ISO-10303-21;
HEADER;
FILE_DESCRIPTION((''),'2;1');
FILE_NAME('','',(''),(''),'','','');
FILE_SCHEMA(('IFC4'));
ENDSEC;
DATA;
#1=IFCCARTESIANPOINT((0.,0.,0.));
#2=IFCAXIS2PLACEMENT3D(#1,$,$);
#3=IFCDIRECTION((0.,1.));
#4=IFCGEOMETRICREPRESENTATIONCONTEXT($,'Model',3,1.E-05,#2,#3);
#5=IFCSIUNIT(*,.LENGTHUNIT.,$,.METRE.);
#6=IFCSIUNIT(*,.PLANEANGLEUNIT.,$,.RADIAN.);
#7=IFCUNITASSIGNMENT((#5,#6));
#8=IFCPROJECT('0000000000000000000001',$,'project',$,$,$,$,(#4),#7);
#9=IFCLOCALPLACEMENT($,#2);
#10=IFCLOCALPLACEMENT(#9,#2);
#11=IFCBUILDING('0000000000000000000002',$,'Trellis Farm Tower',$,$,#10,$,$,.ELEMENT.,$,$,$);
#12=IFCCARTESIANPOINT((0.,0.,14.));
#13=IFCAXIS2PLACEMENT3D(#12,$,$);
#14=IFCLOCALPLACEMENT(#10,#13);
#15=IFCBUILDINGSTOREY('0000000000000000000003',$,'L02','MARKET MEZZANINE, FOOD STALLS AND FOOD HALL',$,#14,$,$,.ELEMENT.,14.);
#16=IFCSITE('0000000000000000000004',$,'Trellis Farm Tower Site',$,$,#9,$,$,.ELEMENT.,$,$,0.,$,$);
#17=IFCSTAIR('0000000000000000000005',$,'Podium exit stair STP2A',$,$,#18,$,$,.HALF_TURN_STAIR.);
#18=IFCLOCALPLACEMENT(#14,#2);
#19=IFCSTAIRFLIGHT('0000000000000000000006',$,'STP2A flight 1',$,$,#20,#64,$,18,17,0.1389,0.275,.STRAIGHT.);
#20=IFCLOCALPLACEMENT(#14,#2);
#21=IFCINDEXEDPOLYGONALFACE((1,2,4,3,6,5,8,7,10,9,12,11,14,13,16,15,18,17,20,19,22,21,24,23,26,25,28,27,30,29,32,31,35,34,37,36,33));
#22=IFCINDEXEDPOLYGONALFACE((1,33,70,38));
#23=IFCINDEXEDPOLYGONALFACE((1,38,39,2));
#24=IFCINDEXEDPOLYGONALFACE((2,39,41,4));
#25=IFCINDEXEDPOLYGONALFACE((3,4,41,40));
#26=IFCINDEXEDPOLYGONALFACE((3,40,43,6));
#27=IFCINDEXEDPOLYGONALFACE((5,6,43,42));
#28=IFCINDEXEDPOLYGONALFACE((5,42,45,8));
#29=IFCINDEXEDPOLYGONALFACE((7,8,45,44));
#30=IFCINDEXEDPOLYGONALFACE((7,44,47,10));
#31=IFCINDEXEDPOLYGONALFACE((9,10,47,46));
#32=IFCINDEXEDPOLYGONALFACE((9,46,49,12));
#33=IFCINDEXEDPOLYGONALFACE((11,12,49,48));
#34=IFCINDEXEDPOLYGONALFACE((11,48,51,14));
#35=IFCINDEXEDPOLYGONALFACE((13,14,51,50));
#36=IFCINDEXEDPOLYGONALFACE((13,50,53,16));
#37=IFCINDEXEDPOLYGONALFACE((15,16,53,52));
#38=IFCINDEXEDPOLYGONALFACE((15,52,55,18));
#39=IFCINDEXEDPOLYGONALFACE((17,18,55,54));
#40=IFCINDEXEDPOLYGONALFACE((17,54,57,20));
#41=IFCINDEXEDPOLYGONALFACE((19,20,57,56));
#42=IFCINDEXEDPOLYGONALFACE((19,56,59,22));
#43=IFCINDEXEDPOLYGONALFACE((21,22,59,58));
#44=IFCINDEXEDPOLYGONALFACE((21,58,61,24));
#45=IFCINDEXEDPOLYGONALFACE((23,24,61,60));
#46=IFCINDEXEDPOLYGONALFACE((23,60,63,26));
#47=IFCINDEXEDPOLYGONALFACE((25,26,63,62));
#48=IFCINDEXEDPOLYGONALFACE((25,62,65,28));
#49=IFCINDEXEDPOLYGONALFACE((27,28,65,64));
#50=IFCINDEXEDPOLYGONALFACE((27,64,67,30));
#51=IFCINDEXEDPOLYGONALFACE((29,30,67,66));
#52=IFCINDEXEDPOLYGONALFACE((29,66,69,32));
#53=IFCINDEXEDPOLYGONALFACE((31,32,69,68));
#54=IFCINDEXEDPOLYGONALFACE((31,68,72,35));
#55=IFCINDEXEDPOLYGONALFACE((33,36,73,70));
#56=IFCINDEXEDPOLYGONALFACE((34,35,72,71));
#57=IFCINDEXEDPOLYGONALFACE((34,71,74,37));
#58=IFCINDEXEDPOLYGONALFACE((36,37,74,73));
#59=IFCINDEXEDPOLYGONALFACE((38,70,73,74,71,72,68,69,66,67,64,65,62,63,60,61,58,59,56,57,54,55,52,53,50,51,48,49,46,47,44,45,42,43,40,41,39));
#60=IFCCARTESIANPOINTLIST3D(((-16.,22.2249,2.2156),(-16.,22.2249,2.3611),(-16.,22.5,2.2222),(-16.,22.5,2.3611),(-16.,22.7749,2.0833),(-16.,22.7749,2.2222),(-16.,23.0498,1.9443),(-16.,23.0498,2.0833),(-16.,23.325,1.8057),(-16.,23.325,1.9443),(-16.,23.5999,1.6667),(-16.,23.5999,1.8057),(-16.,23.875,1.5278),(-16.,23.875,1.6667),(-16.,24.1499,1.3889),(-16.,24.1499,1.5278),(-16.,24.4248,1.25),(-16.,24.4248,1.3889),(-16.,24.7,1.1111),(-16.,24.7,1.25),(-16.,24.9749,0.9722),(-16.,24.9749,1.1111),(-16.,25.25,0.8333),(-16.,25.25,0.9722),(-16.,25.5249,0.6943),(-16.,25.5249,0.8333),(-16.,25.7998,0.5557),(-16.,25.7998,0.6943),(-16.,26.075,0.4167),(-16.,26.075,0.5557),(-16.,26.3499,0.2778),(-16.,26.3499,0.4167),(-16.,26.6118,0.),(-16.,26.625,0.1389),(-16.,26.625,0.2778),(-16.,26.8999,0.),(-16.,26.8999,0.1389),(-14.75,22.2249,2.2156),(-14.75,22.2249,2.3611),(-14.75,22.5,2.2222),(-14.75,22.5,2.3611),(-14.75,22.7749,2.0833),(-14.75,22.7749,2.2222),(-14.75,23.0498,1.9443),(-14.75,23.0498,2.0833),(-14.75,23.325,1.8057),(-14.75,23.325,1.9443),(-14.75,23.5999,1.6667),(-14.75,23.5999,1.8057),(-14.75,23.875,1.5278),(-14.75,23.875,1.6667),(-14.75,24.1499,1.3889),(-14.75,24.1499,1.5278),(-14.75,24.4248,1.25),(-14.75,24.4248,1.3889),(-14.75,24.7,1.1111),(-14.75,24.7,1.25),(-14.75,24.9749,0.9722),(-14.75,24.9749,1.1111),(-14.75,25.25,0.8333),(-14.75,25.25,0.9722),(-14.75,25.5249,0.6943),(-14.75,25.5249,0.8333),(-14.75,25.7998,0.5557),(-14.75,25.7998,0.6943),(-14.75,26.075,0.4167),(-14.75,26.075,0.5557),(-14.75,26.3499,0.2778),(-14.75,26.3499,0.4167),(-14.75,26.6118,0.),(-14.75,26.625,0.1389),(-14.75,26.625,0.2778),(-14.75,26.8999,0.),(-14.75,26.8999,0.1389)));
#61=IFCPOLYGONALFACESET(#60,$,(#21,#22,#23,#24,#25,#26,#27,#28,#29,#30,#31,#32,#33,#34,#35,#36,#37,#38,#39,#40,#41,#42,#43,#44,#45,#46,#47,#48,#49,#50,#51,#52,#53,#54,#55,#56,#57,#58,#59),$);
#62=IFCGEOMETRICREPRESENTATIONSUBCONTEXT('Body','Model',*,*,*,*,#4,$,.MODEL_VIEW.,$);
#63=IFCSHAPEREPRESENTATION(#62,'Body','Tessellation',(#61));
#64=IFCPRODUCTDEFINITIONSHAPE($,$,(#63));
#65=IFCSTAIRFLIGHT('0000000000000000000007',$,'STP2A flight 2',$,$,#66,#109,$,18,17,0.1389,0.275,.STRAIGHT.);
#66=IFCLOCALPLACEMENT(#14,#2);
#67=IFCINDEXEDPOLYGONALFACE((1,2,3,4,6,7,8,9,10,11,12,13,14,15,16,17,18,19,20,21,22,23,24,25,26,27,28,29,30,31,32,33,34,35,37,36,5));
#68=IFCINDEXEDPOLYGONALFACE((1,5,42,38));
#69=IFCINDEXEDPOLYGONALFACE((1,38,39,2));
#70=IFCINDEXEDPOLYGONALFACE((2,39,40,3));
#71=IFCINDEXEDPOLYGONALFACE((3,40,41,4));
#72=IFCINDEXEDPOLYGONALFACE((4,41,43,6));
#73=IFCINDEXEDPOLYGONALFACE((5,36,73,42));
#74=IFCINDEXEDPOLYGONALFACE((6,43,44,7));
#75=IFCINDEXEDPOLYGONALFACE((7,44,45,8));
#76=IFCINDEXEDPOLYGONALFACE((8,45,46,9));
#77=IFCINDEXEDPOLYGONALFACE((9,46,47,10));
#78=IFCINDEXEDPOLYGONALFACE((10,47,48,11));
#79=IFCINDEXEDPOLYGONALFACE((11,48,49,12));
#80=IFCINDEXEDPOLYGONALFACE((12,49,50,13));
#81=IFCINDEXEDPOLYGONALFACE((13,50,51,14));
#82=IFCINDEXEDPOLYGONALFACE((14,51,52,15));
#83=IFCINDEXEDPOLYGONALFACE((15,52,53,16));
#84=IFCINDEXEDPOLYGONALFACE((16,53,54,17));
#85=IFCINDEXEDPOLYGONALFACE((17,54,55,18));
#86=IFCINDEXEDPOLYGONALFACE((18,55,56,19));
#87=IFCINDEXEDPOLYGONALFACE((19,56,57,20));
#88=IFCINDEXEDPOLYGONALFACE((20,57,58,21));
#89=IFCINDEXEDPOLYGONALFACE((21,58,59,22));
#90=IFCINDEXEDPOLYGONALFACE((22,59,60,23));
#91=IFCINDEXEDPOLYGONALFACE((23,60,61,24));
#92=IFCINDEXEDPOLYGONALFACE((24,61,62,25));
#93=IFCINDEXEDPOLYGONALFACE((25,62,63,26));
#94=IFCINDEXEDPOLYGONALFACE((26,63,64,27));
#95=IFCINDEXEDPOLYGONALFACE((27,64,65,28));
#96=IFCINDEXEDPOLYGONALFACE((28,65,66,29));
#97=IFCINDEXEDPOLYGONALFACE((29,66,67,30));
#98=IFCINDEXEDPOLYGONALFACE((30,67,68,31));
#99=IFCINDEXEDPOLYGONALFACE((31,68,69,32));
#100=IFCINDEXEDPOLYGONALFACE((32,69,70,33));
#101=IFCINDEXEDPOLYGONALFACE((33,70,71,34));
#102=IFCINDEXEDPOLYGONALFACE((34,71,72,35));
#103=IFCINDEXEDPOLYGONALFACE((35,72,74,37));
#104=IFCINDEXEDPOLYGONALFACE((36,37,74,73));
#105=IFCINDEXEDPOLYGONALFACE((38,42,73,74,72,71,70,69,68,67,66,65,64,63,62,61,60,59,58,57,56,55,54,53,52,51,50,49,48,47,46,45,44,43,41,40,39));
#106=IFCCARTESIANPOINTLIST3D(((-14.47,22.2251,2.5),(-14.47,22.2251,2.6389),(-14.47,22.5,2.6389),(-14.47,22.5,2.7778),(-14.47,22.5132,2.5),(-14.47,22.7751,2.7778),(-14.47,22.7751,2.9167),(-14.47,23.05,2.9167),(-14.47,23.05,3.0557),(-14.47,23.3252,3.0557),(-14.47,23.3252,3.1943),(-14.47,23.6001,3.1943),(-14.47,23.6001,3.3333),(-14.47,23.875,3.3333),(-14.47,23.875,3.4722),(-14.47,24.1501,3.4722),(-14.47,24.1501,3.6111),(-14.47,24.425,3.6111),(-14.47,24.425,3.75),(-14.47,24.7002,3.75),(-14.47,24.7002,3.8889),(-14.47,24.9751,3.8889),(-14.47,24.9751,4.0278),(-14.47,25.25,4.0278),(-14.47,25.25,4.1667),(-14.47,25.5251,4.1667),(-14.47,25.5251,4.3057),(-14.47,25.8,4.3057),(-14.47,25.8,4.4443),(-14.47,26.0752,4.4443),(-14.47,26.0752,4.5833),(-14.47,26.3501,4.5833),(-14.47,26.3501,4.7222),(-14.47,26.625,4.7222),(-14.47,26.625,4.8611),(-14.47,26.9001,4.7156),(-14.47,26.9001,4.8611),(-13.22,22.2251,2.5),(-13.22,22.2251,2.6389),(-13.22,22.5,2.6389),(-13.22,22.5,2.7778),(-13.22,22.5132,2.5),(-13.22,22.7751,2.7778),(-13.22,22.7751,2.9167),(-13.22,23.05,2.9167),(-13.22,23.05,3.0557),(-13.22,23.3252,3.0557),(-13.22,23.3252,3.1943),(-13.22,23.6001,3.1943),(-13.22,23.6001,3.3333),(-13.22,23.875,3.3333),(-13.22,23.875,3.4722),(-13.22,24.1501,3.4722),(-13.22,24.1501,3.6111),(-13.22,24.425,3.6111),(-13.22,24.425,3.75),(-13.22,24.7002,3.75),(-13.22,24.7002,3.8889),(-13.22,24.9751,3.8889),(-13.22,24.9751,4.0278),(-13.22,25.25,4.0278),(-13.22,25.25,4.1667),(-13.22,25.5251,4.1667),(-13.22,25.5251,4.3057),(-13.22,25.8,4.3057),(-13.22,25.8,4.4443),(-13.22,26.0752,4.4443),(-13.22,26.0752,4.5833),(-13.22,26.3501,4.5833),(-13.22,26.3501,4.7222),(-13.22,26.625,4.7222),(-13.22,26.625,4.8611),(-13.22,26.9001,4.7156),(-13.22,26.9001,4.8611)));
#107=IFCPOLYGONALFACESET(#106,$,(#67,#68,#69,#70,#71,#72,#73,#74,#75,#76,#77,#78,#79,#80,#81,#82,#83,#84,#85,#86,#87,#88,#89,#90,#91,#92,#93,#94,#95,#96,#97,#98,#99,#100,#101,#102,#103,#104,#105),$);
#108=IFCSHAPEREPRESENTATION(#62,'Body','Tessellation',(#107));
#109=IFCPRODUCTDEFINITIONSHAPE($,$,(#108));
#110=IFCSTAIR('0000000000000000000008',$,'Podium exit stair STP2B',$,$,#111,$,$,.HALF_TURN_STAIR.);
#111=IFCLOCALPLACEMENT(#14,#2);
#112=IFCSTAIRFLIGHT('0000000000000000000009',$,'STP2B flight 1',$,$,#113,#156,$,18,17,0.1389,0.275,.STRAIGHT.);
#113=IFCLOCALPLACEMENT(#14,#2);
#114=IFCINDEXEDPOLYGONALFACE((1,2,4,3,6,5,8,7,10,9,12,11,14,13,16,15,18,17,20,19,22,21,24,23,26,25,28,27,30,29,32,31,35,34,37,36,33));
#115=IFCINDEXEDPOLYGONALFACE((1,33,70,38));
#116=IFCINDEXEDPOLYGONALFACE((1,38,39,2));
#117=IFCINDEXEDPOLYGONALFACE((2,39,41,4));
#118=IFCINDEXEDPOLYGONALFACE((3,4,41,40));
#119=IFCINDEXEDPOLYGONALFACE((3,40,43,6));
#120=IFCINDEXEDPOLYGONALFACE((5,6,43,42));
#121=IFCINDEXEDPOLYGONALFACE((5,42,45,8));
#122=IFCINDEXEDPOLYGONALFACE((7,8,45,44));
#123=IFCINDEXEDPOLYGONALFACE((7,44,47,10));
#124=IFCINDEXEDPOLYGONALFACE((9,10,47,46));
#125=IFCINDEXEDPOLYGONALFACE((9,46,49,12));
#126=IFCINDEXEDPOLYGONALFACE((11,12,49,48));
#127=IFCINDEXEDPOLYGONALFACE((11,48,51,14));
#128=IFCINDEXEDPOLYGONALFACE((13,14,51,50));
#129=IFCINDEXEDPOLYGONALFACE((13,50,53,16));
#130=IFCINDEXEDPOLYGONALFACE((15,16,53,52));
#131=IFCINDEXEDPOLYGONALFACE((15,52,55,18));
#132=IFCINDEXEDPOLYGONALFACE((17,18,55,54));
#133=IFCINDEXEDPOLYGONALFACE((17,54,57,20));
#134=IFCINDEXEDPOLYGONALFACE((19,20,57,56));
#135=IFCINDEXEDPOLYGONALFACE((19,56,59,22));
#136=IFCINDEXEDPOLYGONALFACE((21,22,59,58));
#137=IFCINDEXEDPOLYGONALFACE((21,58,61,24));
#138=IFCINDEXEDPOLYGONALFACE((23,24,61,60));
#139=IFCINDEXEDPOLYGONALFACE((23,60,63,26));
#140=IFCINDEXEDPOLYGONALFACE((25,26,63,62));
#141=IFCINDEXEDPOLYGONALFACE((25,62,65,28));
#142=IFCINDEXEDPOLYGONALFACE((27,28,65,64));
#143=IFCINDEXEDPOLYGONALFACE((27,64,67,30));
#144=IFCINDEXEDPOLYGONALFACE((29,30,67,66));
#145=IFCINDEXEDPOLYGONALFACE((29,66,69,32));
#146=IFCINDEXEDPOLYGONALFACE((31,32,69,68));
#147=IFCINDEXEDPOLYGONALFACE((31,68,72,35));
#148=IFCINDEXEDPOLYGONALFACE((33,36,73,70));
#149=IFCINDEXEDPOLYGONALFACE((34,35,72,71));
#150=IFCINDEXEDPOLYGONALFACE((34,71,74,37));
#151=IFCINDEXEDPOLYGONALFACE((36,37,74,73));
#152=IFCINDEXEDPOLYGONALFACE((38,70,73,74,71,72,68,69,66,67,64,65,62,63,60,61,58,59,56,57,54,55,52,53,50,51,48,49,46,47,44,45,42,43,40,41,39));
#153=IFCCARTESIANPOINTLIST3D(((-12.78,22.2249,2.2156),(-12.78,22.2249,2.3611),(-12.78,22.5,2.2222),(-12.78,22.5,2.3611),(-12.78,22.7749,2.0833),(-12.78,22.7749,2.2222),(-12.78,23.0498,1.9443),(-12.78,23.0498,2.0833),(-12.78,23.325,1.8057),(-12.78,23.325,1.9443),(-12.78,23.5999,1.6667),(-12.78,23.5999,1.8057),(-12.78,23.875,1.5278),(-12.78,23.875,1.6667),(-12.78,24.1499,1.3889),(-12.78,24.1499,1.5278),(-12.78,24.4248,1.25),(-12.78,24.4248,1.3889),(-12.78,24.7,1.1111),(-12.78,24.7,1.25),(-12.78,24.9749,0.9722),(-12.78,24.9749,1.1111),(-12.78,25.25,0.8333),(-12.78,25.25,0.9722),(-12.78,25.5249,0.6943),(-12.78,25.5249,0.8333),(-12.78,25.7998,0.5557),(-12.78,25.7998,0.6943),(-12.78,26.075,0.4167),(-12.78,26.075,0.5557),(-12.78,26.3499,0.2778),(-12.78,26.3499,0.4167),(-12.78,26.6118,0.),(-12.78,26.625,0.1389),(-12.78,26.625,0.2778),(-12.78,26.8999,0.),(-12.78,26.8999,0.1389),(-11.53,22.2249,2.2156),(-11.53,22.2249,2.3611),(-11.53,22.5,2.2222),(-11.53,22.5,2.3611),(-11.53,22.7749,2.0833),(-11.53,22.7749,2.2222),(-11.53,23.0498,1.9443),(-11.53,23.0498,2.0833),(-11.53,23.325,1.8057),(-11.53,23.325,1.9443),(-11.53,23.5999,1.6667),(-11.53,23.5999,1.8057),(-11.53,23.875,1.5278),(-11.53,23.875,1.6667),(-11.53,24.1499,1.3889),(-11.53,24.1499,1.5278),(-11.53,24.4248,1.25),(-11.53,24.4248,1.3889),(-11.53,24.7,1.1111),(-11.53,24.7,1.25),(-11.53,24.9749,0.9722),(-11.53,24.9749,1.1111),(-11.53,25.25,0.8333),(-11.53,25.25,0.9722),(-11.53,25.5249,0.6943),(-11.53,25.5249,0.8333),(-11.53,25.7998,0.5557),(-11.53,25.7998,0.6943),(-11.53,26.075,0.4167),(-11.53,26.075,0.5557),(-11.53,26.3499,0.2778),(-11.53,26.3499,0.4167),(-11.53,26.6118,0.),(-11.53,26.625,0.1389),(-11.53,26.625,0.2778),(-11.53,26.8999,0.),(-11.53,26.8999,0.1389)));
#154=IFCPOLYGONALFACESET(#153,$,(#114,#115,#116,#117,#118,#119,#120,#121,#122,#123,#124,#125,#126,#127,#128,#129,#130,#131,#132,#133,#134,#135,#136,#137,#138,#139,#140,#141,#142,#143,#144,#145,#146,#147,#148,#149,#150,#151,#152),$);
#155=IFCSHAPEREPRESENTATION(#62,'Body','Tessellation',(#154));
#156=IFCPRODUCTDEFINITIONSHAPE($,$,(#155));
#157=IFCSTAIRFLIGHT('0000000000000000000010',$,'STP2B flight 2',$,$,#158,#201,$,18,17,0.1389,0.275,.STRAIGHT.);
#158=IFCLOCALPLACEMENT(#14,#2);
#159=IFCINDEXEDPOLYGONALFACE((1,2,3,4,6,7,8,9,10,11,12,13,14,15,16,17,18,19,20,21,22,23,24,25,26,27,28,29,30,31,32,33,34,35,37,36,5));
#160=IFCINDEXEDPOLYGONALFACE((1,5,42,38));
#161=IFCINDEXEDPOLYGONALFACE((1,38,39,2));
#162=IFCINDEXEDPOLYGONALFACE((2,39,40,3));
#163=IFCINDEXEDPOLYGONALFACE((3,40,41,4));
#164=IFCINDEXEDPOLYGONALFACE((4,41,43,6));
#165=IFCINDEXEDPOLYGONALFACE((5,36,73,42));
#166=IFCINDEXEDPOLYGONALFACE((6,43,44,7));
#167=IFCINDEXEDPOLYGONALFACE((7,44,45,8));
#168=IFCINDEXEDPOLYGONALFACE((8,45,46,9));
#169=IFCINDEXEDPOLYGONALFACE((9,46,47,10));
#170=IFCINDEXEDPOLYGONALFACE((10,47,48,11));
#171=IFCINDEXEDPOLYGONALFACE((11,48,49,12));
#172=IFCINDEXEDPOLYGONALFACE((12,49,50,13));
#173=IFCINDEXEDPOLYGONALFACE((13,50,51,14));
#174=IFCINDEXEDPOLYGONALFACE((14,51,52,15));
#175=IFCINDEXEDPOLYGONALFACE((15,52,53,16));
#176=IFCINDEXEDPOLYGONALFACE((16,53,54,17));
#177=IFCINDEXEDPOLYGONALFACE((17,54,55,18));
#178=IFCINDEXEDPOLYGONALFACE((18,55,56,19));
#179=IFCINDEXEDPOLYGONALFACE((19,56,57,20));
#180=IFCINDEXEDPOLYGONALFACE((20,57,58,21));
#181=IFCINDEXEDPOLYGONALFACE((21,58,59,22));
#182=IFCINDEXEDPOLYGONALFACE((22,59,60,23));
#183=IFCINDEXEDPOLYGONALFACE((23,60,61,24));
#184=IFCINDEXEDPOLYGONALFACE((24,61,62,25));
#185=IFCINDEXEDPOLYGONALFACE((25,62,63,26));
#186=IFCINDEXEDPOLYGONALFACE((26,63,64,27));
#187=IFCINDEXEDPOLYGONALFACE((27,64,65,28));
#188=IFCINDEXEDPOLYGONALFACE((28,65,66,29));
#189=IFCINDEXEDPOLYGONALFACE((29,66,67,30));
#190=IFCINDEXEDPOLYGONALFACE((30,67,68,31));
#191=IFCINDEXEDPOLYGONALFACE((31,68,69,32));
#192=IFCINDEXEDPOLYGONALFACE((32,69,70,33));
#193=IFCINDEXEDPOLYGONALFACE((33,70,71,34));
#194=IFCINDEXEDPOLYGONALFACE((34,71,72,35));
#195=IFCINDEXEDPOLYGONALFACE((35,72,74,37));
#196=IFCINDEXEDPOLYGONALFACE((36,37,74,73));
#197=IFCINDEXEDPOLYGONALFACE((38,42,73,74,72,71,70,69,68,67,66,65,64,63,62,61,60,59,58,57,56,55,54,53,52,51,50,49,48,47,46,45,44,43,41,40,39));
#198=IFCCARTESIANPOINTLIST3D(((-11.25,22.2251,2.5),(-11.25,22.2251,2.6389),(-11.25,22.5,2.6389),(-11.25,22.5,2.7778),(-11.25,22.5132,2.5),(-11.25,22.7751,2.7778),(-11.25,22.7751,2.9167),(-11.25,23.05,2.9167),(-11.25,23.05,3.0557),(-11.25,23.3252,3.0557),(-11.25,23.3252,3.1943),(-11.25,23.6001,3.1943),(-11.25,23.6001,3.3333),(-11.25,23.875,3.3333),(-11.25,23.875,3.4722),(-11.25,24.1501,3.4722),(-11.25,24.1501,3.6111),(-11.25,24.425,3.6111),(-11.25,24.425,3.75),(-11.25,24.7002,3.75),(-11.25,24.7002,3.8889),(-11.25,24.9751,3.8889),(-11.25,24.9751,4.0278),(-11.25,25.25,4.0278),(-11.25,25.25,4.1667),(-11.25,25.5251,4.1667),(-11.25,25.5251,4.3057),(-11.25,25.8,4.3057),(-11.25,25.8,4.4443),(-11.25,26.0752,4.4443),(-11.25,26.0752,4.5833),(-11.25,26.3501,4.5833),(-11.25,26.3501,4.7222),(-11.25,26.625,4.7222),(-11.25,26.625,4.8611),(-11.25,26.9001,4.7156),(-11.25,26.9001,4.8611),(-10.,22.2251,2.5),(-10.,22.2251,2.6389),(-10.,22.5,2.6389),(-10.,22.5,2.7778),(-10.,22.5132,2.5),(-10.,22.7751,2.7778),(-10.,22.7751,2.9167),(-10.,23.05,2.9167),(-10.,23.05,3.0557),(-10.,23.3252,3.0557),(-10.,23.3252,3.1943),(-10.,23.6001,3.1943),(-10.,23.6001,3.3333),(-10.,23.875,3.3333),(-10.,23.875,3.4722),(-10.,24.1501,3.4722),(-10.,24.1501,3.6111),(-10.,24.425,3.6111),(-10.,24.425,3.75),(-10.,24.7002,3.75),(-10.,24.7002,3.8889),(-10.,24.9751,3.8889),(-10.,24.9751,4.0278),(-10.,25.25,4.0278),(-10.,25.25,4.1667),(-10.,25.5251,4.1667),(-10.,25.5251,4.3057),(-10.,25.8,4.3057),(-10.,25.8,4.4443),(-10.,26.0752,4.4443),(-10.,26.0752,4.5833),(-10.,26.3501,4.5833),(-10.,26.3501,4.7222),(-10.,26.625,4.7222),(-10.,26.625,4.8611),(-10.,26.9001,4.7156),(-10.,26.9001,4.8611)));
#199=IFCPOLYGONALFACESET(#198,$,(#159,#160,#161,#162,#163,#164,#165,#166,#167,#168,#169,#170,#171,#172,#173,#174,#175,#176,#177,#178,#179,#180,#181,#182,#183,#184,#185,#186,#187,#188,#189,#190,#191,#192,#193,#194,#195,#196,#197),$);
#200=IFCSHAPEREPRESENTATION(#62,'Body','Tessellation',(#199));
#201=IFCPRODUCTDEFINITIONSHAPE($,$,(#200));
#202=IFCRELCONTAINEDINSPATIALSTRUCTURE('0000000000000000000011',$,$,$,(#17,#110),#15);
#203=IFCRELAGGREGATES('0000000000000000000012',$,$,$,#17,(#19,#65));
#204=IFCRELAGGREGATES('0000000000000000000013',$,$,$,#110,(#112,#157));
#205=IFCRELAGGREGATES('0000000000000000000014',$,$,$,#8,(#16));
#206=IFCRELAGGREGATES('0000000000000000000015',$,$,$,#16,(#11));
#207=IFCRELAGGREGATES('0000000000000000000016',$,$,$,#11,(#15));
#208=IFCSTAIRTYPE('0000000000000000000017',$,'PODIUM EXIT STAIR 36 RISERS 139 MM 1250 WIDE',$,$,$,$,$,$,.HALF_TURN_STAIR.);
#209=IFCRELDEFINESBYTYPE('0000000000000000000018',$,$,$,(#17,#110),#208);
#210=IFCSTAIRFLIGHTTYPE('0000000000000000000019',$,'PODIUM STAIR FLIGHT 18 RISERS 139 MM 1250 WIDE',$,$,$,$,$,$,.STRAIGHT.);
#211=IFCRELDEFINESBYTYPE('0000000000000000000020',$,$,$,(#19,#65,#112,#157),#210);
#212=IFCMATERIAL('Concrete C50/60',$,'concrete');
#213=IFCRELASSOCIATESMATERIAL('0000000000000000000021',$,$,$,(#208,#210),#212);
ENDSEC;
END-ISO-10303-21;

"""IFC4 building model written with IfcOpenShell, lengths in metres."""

from ifc_helpers import new_model, si_unit, direction, frame, origin, place, context, subcontext, project, spatial, polyline, outline, extrude, source, transform, mapped, material, type_object, element, aggregate, save


model = new_model("IFC4")

# Units and contexts
model_context = context("Model", 3, precision=1e-05, world=origin(), true_north=direction((0.0, 1.0)))
body_context = subcontext(model_context, "Body", "Model", "MODEL_VIEW")
ifc_project = project(units=[si_unit("LENGTHUNIT", "METRE"), si_unit("PLANEANGLEUNIT", "RADIAN")], contexts=[model_context])

# Site, building, storey
site_placement = place(None, origin())
site = spatial("IfcSite", under=ifc_project, at=site_placement, Name="Trellis Farm Tower Site", CompositionType="ELEMENT", RefElevation=0.0)
building_placement = place(site_placement, origin())
building = spatial("IfcBuilding", under=site, at=building_placement, Name="Trellis Farm Tower", CompositionType="ELEMENT")
storey_placement = place(building_placement, frame((0.0, 0.0, 14.0)))
storey = spatial("IfcBuildingStorey", under=building, at=storey_placement, Name="L02", Description="MARKET MEZZANINE, FOOD STALLS AND FOOD HALL", CompositionType="ELEMENT", Elevation=14.0)

# Stairs, stair flights
ifc_material_1 = material(Name="Concrete C50/60", Category="concrete")
stair_type = type_object("IfcStairType", Name="PODIUM EXIT STAIR 36 RISERS 139 MM 1250 WIDE", PredefinedType="HALF_TURN_STAIR", material=ifc_material_1)
placement = place(storey_placement, origin())
stair_1 = element("IfcStair", 1, at=placement, inside=storey, type_object=stair_type, Name="Podium exit stair STP2A", PredefinedType="HALF_TURN_STAIR")
stair_flight_type = type_object("IfcStairFlightType", Name="PODIUM STAIR FLIGHT 18 RISERS 139 MM 1250 WIDE", PredefinedType="STRAIGHT", material=ifc_material_1)
shared_shape_1 = source(origin(), body_context, "Body", "SweptSolid", [
    extrude(outline(polyline([(0.0, 0.0), (0.0, 0.1389), (0.2749, 0.1389), (0.2749, 0.2778), (0.55, 0.2778), (0.55, 0.4167), (0.825, 0.4167), (0.825, 0.5557), (1.1001, 0.5557), (1.1001, 0.6943), (1.375, 0.6943), (1.375, 0.8333), (1.6499, 0.8333), (1.6499, 0.9722), (1.925, 0.9722), (1.925, 1.1111), (2.2, 1.1111), (2.2, 1.25), (2.4751, 1.25), (2.4751, 1.3889), (2.75, 1.3889), (2.75, 1.5278), (3.0249, 1.5278), (3.0249, 1.6667), (3.3, 1.6667), (3.3, 1.8057), (3.575, 1.8057), (3.575, 1.9443), (3.8501, 1.9443), (3.8501, 2.0833), (4.125, 2.0833), (4.125, 2.2222), (4.3999, 2.2222), (4.3999, 2.3611), (4.675, 2.3611), (4.675, 2.5), (4.675, 2.2156), (0.2881, 0.0), (0.0, 0.0)])), frame((0.0, 0.625, 0.0), z_axis=(0.0, -1.0, 0.0), x_axis=(1.0, 0.0, 0.0)), (0.0, 0.0, 1.0), 1.25),
])
stair_flight_1_placement = place(storey_placement, frame((-15.375, 26.8999, 0.0), z_axis=(0.0, 0.0, 1.0), x_axis=(0.0, -1.0, 0.0)))
stair_flight_1 = element("IfcStairFlight", 2, at=stair_flight_1_placement, type_object=stair_flight_type, Name="STP2A flight 1", NumberOfRisers=18, NumberOfTreads=17, PredefinedType="STRAIGHT", RiserHeight=0.1389, TreadLength=0.275, context=body_context, shape_type="MappedRepresentation", body=[
    mapped(shared_shape_1, transform((0.0, 0.0, 0.0))),
])
stair_flight_2_placement = place(storey_placement, frame((-13.845, 22.2251, 2.5), z_axis=(0.0, 0.0, 1.0), x_axis=(0.0, 1.0, 0.0)))
stair_flight_2 = element("IfcStairFlight", 3, at=stair_flight_2_placement, type_object=stair_flight_type, Name="STP2A flight 2", NumberOfRisers=18, NumberOfTreads=17, PredefinedType="STRAIGHT", RiserHeight=0.1389, TreadLength=0.275, context=body_context, shape_type="MappedRepresentation", body=[
    mapped(shared_shape_1, transform((0.0, 0.0, 0.0))),
])
aggregate(stair_1, [stair_flight_1, stair_flight_2])
stair_2 = element("IfcStair", 4, at=placement, inside=storey, type_object=stair_type, Name="Podium exit stair STP2B", PredefinedType="HALF_TURN_STAIR")
stair_flight_3_placement = place(storey_placement, frame((-12.155, 26.8999, 0.0), z_axis=(0.0, 0.0, 1.0), x_axis=(0.0, -1.0, 0.0)))
stair_flight_3 = element("IfcStairFlight", 5, at=stair_flight_3_placement, type_object=stair_flight_type, Name="STP2B flight 1", NumberOfRisers=18, NumberOfTreads=17, PredefinedType="STRAIGHT", RiserHeight=0.1389, TreadLength=0.275, context=body_context, shape_type="MappedRepresentation", body=[
    mapped(shared_shape_1, transform((0.0, 0.0, 0.0))),
])
stair_flight_4_placement = place(storey_placement, frame((-10.625, 22.2251, 2.5), z_axis=(0.0, 0.0, 1.0), x_axis=(0.0, 1.0, 0.0)))
stair_flight_4 = element("IfcStairFlight", 6, at=stair_flight_4_placement, type_object=stair_flight_type, Name="STP2B flight 2", NumberOfRisers=18, NumberOfTreads=17, PredefinedType="STRAIGHT", RiserHeight=0.1389, TreadLength=0.275, context=body_context, shape_type="MappedRepresentation", body=[
    mapped(shared_shape_1, transform((0.0, 0.0, 0.0))),
])
aggregate(stair_2, [stair_flight_3, stair_flight_4])

save(model, "model.ifc")
